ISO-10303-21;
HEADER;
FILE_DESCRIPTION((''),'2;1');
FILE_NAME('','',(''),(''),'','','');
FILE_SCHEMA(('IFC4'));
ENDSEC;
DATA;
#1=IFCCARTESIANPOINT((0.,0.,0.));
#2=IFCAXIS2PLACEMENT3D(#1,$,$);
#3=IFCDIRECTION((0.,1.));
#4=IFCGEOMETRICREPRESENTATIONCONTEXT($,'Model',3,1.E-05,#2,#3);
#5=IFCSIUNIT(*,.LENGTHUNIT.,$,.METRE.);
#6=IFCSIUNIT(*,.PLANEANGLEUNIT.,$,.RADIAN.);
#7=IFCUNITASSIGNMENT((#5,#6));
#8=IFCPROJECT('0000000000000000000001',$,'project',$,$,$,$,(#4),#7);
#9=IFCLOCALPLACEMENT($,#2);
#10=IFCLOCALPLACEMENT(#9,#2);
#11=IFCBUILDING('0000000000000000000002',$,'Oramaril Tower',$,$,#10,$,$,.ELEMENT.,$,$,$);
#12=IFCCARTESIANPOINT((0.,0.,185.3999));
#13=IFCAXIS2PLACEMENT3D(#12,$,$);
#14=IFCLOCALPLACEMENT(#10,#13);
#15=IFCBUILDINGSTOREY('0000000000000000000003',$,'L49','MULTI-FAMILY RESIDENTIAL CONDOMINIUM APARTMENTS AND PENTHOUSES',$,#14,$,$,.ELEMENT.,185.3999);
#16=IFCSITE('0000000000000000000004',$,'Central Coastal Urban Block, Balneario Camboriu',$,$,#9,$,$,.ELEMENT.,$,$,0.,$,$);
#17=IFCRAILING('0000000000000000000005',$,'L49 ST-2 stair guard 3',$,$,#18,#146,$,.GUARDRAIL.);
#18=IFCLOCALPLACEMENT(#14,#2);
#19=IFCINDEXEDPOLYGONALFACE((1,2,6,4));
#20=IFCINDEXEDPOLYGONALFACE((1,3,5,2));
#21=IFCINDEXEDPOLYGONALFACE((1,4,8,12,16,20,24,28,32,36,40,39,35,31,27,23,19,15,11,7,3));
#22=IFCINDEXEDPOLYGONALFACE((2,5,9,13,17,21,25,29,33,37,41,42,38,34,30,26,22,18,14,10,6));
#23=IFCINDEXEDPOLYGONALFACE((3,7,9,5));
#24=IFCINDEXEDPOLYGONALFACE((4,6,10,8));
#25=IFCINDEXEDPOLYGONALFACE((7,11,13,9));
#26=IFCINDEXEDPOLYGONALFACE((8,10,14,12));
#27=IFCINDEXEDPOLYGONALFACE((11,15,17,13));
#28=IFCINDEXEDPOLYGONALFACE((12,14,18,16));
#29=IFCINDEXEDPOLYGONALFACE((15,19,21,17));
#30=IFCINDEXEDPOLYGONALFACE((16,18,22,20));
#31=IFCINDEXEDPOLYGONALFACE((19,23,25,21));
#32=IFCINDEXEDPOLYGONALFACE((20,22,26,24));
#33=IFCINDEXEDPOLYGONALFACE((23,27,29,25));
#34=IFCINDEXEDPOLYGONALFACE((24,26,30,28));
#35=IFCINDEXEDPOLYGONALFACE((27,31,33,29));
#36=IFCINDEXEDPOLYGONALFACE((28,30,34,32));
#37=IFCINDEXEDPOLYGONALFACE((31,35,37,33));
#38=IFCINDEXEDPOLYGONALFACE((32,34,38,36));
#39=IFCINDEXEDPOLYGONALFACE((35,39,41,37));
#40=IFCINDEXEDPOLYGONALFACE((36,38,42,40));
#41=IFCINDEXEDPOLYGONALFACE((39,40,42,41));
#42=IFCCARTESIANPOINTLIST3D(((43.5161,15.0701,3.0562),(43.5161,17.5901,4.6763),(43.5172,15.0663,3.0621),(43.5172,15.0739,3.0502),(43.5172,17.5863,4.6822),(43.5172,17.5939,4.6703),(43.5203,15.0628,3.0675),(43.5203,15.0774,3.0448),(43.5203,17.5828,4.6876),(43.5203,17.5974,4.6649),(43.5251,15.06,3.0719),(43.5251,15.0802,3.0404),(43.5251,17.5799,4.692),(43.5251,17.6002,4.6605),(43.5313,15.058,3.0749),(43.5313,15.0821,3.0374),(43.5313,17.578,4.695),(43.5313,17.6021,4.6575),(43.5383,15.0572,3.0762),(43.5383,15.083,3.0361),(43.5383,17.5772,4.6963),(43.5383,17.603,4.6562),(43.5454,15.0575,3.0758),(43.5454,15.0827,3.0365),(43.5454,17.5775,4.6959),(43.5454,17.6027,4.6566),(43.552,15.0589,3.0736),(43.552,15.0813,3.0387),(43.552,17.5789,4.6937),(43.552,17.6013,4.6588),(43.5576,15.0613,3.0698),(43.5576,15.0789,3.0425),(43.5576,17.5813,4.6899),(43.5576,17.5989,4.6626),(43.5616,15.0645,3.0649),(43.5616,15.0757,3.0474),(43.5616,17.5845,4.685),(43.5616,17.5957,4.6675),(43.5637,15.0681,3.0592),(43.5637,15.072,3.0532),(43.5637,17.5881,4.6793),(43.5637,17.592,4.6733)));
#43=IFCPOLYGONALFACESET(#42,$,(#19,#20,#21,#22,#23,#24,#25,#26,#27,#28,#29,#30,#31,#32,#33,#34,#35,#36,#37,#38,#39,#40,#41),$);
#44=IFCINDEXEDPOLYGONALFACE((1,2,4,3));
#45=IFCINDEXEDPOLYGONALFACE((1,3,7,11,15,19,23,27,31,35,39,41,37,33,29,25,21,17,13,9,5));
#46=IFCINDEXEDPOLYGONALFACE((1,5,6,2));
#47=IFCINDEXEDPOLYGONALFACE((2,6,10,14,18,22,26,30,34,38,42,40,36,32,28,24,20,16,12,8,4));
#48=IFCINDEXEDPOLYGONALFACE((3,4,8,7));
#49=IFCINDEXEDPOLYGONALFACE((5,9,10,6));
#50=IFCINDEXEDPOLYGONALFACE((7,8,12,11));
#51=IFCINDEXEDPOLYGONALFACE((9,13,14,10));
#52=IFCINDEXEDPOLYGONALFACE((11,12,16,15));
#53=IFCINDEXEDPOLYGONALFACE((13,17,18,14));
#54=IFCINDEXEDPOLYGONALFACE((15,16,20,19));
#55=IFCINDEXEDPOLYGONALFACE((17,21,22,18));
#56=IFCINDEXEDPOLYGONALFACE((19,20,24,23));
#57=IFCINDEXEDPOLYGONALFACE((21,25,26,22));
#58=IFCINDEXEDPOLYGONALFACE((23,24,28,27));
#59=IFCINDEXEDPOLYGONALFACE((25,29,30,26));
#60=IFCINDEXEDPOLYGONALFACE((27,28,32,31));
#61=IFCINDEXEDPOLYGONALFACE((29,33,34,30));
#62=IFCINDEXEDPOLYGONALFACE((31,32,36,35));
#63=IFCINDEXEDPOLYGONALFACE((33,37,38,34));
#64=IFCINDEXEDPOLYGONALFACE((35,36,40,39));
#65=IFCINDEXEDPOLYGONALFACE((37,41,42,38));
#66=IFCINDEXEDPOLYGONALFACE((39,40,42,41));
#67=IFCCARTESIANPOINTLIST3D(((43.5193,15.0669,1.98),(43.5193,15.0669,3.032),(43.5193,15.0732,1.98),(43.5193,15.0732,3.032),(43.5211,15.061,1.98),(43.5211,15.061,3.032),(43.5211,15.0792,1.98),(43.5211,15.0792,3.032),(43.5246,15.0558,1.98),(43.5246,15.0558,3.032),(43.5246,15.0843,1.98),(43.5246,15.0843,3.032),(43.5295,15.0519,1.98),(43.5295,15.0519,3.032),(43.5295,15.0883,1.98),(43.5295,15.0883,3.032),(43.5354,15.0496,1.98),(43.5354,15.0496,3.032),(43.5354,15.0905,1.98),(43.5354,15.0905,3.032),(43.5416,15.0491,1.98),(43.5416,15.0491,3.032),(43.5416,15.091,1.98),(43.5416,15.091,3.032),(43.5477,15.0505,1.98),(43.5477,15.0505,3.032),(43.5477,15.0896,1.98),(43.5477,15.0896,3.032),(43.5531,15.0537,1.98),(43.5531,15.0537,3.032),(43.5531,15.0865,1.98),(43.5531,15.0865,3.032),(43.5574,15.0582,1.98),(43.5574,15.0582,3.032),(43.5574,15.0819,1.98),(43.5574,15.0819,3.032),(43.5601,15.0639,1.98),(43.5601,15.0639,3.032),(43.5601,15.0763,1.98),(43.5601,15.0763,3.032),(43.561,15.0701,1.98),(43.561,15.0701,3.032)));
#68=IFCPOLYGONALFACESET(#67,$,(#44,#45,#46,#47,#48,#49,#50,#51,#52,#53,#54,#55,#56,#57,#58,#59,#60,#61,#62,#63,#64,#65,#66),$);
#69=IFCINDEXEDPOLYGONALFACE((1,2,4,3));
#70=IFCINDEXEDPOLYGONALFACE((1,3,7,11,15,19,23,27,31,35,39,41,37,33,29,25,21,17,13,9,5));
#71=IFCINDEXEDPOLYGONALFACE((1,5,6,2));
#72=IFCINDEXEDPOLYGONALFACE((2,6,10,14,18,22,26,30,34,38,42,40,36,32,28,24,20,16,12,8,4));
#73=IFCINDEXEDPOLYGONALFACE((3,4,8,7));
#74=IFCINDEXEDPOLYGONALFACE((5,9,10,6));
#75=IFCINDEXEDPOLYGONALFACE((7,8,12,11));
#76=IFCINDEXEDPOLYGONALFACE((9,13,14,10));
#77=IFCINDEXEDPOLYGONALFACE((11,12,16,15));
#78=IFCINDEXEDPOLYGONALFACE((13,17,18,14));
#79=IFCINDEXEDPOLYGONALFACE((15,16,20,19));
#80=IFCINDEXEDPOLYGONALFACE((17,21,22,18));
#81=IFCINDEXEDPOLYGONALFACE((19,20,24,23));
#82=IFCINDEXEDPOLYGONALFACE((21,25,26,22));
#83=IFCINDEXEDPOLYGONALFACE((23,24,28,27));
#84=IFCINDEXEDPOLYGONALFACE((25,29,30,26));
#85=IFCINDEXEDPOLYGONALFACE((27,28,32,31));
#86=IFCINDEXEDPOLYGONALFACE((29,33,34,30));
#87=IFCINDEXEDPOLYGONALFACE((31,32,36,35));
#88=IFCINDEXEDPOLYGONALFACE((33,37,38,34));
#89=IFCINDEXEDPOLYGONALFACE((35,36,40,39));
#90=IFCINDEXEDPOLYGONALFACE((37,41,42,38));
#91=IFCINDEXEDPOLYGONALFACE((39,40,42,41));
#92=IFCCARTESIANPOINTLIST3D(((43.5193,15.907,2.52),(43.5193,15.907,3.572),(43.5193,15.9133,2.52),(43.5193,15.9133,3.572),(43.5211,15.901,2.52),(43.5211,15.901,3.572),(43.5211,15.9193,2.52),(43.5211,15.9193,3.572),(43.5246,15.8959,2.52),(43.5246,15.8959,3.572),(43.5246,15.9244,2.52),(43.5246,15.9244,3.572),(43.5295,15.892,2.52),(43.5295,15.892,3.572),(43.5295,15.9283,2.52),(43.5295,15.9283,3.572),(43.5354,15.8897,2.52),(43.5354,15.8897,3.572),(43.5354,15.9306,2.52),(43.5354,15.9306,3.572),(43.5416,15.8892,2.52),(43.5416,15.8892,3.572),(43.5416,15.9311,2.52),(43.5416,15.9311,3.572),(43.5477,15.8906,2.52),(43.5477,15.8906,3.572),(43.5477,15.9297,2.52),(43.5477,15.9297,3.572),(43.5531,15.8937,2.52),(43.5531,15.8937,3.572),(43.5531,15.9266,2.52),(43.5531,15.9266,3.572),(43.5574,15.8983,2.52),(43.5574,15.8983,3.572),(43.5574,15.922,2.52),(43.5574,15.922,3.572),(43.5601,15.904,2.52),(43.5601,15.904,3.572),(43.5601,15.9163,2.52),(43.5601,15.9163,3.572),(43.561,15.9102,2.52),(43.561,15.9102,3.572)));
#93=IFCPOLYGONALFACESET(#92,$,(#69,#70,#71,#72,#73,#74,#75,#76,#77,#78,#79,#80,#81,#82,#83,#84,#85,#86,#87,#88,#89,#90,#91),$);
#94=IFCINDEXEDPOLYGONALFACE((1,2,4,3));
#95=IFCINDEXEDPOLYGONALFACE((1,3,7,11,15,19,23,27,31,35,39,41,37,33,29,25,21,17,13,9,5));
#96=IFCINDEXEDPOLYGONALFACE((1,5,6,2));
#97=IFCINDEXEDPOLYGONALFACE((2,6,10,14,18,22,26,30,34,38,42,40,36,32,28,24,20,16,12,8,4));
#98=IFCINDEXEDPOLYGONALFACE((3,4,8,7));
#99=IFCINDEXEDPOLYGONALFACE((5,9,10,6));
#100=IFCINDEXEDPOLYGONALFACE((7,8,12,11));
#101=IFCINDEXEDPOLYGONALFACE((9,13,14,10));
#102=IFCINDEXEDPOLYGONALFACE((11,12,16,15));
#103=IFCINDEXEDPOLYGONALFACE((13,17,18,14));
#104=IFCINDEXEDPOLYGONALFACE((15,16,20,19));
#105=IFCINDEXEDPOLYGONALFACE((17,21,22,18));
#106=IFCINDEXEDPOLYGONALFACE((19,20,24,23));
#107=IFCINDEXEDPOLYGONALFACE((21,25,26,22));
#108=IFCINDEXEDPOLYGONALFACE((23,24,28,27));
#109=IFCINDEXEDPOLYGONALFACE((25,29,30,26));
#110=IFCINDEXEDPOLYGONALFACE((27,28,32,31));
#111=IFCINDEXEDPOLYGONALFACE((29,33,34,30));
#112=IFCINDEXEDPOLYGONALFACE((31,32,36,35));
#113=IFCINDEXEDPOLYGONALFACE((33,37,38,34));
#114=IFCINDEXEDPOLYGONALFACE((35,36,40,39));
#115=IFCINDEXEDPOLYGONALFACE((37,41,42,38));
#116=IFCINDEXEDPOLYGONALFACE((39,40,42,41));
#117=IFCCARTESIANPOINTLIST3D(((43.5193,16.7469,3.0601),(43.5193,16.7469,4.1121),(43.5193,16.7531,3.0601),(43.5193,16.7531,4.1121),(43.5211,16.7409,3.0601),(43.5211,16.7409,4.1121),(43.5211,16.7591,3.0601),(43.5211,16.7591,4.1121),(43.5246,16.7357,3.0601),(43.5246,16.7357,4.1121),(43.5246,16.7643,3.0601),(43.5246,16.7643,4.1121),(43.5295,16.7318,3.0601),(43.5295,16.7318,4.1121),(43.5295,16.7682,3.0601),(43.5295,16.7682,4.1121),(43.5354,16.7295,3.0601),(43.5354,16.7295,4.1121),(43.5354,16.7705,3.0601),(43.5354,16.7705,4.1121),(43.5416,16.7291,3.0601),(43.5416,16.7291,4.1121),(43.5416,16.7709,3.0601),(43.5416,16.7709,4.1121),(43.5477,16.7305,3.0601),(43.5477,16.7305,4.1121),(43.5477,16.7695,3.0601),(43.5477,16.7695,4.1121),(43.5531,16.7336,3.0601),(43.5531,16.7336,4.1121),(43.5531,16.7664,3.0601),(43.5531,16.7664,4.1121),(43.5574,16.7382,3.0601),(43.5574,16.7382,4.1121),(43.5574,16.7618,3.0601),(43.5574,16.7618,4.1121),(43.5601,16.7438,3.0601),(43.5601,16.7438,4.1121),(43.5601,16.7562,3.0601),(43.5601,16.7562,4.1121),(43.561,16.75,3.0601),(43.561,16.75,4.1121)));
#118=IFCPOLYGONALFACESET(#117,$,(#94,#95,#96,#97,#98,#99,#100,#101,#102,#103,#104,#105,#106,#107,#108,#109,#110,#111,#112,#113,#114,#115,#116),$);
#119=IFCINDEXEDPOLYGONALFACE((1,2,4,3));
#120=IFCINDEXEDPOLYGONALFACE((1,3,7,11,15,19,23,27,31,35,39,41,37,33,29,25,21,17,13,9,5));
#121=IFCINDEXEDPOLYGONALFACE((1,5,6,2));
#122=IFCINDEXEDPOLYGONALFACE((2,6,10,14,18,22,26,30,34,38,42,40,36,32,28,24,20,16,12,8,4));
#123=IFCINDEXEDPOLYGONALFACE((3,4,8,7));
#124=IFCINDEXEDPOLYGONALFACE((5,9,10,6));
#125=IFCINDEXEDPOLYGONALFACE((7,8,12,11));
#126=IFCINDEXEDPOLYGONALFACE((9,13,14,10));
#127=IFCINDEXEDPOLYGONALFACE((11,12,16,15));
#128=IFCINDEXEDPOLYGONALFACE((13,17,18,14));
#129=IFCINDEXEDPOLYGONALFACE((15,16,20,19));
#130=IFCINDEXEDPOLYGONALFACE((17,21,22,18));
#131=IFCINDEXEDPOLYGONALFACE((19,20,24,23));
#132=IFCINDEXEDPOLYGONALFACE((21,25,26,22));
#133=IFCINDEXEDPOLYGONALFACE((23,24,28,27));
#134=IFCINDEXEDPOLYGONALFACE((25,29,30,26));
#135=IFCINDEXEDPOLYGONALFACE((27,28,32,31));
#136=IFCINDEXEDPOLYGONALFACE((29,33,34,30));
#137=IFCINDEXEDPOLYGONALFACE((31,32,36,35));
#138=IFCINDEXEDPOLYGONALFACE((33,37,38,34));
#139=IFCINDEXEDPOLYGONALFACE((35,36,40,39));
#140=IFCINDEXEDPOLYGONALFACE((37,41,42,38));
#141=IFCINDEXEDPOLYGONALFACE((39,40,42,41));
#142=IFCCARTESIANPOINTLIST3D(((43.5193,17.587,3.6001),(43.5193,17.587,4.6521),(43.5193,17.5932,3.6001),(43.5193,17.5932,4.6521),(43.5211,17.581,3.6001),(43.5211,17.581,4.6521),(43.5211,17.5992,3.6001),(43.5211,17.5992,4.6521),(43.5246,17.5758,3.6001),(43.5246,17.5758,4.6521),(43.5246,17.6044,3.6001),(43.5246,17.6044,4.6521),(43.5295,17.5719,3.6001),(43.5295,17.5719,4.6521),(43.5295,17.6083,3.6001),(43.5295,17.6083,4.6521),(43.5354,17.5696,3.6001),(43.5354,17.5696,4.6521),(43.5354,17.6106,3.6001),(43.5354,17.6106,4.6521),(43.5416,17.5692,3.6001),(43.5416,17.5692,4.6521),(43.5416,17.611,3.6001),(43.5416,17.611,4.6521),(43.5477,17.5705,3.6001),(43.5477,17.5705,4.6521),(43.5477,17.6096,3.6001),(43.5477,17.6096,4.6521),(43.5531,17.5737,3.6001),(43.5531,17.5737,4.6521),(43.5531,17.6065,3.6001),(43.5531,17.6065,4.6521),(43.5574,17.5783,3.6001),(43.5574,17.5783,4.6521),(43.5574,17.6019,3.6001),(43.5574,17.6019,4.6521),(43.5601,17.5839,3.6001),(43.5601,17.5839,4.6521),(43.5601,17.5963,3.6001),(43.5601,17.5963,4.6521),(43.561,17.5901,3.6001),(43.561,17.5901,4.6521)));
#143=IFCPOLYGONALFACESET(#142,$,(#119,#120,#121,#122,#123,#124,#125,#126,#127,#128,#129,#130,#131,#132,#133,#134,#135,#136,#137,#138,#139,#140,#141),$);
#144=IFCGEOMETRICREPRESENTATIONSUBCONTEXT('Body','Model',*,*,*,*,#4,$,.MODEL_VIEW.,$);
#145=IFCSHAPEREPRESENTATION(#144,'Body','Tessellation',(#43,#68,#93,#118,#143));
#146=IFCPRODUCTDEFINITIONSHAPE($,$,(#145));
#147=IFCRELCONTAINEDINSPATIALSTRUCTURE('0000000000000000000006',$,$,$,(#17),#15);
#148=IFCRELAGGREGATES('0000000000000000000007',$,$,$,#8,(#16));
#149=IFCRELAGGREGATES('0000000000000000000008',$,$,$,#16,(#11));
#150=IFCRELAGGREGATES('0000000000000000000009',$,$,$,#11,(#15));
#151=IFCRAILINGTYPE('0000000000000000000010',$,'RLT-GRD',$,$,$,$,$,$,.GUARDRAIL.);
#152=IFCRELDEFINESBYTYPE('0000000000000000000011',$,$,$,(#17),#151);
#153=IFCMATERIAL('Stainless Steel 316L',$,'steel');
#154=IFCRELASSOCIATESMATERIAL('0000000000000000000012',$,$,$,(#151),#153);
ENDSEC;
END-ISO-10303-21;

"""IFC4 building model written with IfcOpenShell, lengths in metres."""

from ifc_helpers import new_model, si_unit, direction, frame, origin, origin_2d, place, context, subcontext, project, spatial, circle, extrude, material, type_object, element, save


model = new_model("IFC4")

# Units and contexts
model_context = context("Model", 3, precision=1e-05, world=origin(), true_north=direction((0.0, 1.0)))
body_context = subcontext(model_context, "Body", "Model", "MODEL_VIEW")
ifc_project = project(units=[si_unit("LENGTHUNIT", "METRE"), si_unit("PLANEANGLEUNIT", "RADIAN")], contexts=[model_context])

# Site, building, storey
site_placement = place(None, origin())
site = spatial("IfcSite", under=ifc_project, at=site_placement, Name="Central Coastal Urban Block, Balneario Camboriu", CompositionType="ELEMENT", RefElevation=0.0)
building_placement = place(site_placement, origin())
building = spatial("IfcBuilding", under=site, at=building_placement, Name="Oramaril Tower", CompositionType="ELEMENT")
storey_placement = place(building_placement, frame((0.0, 0.0, 185.3999)))
storey = spatial("IfcBuildingStorey", under=building, at=storey_placement, Name="L49", Description="MULTI-FAMILY RESIDENTIAL CONDOMINIUM APARTMENTS AND PENTHOUSES", CompositionType="ELEMENT", Elevation=185.3999)

# Railing
ifc_material_1 = material(Name="Stainless Steel 316L", Category="steel")
railing_type_1 = type_object("IfcRailingType", Name="RLT-GRD", PredefinedType="GUARDRAIL", material=ifc_material_1)
railing_1_placement = place(storey_placement, frame((43.54, 15.0701, 1.98)))
element("IfcRailing", 1, at=railing_1_placement, inside=storey, type_object=railing_type_1, Name="L49 ST-2 stair guard 3", PredefinedType="GUARDRAIL", context=body_context, shape_type="SweptSolid", body=[
    extrude(circle(Radius=0.0239, at=origin_2d()), frame((0.0, 0.0, 1.0762), z_axis=(0.0, 0.841163, 0.540782), x_axis=(-1.0, 0.0, 0.0)), (0.0, 0.0, 1.0), 2.9958),
    extrude(circle(Radius=0.021, at=origin_2d()), origin(), (0.0, 0.0, 1.0), 1.052),
    extrude(circle(Radius=0.021, at=origin_2d()), frame((0.0, 0.8401, 0.54)), (0.0, 0.0, 1.0), 1.052),
    extrude(circle(Radius=0.021, at=origin_2d()), frame((0.0, 1.6799, 1.0801)), (0.0, 0.0, 1.0), 1.052),
    extrude(circle(Radius=0.021, at=origin_2d()), frame((0.0, 2.52, 1.6201)), (0.0, 0.0, 1.0), 1.052),
])

save(model, "model.ifc")
